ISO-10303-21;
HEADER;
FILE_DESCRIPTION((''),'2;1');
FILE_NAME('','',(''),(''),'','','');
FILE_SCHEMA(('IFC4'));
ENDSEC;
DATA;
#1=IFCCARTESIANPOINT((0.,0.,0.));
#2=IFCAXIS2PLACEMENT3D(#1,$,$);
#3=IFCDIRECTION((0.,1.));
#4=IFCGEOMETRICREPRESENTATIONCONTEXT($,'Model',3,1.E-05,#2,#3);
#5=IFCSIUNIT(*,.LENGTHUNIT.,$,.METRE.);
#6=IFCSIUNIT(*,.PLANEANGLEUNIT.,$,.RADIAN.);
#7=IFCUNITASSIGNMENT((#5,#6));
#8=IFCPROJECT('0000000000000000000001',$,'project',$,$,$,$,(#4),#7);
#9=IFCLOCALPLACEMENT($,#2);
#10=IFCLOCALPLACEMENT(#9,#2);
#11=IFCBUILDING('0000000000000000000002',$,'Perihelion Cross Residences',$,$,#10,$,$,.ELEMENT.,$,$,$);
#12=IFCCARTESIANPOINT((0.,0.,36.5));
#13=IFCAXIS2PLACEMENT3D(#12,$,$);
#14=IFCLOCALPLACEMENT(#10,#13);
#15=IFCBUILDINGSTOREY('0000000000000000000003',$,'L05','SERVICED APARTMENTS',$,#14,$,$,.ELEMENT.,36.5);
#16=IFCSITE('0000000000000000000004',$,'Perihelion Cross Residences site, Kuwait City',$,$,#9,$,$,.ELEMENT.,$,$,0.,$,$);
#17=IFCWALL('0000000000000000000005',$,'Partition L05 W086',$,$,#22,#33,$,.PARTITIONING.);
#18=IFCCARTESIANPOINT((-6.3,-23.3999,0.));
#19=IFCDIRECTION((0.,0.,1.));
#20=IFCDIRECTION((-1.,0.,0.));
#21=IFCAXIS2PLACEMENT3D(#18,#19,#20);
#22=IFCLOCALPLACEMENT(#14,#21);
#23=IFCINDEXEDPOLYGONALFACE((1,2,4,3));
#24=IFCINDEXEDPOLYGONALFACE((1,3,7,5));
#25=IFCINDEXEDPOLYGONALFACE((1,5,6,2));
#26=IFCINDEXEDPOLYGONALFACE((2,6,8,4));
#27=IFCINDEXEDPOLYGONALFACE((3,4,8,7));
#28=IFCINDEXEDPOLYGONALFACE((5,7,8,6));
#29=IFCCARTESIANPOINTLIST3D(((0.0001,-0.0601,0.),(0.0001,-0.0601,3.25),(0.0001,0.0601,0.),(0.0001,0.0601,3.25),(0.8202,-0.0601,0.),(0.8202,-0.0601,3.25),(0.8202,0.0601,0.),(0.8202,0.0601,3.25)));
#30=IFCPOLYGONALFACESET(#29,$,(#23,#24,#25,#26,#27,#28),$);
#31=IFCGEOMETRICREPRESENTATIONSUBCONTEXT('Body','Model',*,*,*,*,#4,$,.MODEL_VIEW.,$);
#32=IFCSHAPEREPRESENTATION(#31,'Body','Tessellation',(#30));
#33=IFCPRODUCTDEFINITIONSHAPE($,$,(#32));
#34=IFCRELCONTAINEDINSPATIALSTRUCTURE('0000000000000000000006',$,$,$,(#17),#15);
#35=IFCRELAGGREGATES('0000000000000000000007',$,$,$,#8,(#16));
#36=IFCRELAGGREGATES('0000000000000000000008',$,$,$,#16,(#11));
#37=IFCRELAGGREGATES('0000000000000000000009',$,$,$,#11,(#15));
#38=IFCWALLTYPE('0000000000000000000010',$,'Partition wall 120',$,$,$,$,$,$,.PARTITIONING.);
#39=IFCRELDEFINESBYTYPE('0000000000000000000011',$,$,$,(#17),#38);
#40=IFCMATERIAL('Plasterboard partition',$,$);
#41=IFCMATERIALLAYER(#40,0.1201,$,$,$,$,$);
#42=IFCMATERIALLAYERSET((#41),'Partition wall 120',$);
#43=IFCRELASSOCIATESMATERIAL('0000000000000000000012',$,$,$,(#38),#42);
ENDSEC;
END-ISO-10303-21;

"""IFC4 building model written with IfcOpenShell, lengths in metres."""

from ifc_helpers import new_model, si_unit, direction, frame, frame_2d, origin, place, context, subcontext, project, spatial, rectangle, extrude, material, layer, layer_set, type_object, element, save


model = new_model("IFC4")

# Units and contexts
model_context = context("Model", 3, precision=1e-05, world=origin(), true_north=direction((0.0, 1.0)))
body_context = subcontext(model_context, "Body", "Model", "MODEL_VIEW")
ifc_project = project(units=[si_unit("LENGTHUNIT", "METRE"), si_unit("PLANEANGLEUNIT", "RADIAN")], contexts=[model_context])

# Site, building, storey
site_placement = place(None, origin())
site = spatial("IfcSite", under=ifc_project, at=site_placement, Name="Perihelion Cross Residences site, Kuwait City", CompositionType="ELEMENT", RefElevation=0.0)
building_placement = place(site_placement, origin())
building = spatial("IfcBuilding", under=site, at=building_placement, Name="Perihelion Cross Residences", CompositionType="ELEMENT")
storey_placement = place(building_placement, frame((0.0, 0.0, 36.5)))
storey = spatial("IfcBuildingStorey", under=building, at=storey_placement, Name="L05", Description="SERVICED APARTMENTS", CompositionType="ELEMENT", Elevation=36.5)

# Shared definitions
ifc_material_1 = material(Name="Plasterboard partition")
ifc_layer_1 = layer(ifc_material_1, 0.1201)
ifc_layer_set_1 = layer_set([ifc_layer_1], Name="Partition wall 120")
wall_type_1 = type_object("IfcWallType", Name="Partition wall 120", PredefinedType="PARTITIONING", material=ifc_layer_set_1)

# Wall
wall_1_placement = place(storey_placement, frame((-6.3, -23.3999, 0.0), z_axis=(0.0, 0.0, 1.0), x_axis=(-1.0, 0.0, 0.0)))
element("IfcWall", 1, at=wall_1_placement, inside=storey, type_object=wall_type_1, Name="Partition L05 W086", PredefinedType="PARTITIONING", context=body_context, shape_type="SweptSolid", body=[
    extrude(rectangle(XDim=0.8201, YDim=0.1201, at=frame_2d((0.4102, 0.0))), origin(), (0.0, 0.0, 1.0), 3.25),
])

save(model, "model.ifc")
